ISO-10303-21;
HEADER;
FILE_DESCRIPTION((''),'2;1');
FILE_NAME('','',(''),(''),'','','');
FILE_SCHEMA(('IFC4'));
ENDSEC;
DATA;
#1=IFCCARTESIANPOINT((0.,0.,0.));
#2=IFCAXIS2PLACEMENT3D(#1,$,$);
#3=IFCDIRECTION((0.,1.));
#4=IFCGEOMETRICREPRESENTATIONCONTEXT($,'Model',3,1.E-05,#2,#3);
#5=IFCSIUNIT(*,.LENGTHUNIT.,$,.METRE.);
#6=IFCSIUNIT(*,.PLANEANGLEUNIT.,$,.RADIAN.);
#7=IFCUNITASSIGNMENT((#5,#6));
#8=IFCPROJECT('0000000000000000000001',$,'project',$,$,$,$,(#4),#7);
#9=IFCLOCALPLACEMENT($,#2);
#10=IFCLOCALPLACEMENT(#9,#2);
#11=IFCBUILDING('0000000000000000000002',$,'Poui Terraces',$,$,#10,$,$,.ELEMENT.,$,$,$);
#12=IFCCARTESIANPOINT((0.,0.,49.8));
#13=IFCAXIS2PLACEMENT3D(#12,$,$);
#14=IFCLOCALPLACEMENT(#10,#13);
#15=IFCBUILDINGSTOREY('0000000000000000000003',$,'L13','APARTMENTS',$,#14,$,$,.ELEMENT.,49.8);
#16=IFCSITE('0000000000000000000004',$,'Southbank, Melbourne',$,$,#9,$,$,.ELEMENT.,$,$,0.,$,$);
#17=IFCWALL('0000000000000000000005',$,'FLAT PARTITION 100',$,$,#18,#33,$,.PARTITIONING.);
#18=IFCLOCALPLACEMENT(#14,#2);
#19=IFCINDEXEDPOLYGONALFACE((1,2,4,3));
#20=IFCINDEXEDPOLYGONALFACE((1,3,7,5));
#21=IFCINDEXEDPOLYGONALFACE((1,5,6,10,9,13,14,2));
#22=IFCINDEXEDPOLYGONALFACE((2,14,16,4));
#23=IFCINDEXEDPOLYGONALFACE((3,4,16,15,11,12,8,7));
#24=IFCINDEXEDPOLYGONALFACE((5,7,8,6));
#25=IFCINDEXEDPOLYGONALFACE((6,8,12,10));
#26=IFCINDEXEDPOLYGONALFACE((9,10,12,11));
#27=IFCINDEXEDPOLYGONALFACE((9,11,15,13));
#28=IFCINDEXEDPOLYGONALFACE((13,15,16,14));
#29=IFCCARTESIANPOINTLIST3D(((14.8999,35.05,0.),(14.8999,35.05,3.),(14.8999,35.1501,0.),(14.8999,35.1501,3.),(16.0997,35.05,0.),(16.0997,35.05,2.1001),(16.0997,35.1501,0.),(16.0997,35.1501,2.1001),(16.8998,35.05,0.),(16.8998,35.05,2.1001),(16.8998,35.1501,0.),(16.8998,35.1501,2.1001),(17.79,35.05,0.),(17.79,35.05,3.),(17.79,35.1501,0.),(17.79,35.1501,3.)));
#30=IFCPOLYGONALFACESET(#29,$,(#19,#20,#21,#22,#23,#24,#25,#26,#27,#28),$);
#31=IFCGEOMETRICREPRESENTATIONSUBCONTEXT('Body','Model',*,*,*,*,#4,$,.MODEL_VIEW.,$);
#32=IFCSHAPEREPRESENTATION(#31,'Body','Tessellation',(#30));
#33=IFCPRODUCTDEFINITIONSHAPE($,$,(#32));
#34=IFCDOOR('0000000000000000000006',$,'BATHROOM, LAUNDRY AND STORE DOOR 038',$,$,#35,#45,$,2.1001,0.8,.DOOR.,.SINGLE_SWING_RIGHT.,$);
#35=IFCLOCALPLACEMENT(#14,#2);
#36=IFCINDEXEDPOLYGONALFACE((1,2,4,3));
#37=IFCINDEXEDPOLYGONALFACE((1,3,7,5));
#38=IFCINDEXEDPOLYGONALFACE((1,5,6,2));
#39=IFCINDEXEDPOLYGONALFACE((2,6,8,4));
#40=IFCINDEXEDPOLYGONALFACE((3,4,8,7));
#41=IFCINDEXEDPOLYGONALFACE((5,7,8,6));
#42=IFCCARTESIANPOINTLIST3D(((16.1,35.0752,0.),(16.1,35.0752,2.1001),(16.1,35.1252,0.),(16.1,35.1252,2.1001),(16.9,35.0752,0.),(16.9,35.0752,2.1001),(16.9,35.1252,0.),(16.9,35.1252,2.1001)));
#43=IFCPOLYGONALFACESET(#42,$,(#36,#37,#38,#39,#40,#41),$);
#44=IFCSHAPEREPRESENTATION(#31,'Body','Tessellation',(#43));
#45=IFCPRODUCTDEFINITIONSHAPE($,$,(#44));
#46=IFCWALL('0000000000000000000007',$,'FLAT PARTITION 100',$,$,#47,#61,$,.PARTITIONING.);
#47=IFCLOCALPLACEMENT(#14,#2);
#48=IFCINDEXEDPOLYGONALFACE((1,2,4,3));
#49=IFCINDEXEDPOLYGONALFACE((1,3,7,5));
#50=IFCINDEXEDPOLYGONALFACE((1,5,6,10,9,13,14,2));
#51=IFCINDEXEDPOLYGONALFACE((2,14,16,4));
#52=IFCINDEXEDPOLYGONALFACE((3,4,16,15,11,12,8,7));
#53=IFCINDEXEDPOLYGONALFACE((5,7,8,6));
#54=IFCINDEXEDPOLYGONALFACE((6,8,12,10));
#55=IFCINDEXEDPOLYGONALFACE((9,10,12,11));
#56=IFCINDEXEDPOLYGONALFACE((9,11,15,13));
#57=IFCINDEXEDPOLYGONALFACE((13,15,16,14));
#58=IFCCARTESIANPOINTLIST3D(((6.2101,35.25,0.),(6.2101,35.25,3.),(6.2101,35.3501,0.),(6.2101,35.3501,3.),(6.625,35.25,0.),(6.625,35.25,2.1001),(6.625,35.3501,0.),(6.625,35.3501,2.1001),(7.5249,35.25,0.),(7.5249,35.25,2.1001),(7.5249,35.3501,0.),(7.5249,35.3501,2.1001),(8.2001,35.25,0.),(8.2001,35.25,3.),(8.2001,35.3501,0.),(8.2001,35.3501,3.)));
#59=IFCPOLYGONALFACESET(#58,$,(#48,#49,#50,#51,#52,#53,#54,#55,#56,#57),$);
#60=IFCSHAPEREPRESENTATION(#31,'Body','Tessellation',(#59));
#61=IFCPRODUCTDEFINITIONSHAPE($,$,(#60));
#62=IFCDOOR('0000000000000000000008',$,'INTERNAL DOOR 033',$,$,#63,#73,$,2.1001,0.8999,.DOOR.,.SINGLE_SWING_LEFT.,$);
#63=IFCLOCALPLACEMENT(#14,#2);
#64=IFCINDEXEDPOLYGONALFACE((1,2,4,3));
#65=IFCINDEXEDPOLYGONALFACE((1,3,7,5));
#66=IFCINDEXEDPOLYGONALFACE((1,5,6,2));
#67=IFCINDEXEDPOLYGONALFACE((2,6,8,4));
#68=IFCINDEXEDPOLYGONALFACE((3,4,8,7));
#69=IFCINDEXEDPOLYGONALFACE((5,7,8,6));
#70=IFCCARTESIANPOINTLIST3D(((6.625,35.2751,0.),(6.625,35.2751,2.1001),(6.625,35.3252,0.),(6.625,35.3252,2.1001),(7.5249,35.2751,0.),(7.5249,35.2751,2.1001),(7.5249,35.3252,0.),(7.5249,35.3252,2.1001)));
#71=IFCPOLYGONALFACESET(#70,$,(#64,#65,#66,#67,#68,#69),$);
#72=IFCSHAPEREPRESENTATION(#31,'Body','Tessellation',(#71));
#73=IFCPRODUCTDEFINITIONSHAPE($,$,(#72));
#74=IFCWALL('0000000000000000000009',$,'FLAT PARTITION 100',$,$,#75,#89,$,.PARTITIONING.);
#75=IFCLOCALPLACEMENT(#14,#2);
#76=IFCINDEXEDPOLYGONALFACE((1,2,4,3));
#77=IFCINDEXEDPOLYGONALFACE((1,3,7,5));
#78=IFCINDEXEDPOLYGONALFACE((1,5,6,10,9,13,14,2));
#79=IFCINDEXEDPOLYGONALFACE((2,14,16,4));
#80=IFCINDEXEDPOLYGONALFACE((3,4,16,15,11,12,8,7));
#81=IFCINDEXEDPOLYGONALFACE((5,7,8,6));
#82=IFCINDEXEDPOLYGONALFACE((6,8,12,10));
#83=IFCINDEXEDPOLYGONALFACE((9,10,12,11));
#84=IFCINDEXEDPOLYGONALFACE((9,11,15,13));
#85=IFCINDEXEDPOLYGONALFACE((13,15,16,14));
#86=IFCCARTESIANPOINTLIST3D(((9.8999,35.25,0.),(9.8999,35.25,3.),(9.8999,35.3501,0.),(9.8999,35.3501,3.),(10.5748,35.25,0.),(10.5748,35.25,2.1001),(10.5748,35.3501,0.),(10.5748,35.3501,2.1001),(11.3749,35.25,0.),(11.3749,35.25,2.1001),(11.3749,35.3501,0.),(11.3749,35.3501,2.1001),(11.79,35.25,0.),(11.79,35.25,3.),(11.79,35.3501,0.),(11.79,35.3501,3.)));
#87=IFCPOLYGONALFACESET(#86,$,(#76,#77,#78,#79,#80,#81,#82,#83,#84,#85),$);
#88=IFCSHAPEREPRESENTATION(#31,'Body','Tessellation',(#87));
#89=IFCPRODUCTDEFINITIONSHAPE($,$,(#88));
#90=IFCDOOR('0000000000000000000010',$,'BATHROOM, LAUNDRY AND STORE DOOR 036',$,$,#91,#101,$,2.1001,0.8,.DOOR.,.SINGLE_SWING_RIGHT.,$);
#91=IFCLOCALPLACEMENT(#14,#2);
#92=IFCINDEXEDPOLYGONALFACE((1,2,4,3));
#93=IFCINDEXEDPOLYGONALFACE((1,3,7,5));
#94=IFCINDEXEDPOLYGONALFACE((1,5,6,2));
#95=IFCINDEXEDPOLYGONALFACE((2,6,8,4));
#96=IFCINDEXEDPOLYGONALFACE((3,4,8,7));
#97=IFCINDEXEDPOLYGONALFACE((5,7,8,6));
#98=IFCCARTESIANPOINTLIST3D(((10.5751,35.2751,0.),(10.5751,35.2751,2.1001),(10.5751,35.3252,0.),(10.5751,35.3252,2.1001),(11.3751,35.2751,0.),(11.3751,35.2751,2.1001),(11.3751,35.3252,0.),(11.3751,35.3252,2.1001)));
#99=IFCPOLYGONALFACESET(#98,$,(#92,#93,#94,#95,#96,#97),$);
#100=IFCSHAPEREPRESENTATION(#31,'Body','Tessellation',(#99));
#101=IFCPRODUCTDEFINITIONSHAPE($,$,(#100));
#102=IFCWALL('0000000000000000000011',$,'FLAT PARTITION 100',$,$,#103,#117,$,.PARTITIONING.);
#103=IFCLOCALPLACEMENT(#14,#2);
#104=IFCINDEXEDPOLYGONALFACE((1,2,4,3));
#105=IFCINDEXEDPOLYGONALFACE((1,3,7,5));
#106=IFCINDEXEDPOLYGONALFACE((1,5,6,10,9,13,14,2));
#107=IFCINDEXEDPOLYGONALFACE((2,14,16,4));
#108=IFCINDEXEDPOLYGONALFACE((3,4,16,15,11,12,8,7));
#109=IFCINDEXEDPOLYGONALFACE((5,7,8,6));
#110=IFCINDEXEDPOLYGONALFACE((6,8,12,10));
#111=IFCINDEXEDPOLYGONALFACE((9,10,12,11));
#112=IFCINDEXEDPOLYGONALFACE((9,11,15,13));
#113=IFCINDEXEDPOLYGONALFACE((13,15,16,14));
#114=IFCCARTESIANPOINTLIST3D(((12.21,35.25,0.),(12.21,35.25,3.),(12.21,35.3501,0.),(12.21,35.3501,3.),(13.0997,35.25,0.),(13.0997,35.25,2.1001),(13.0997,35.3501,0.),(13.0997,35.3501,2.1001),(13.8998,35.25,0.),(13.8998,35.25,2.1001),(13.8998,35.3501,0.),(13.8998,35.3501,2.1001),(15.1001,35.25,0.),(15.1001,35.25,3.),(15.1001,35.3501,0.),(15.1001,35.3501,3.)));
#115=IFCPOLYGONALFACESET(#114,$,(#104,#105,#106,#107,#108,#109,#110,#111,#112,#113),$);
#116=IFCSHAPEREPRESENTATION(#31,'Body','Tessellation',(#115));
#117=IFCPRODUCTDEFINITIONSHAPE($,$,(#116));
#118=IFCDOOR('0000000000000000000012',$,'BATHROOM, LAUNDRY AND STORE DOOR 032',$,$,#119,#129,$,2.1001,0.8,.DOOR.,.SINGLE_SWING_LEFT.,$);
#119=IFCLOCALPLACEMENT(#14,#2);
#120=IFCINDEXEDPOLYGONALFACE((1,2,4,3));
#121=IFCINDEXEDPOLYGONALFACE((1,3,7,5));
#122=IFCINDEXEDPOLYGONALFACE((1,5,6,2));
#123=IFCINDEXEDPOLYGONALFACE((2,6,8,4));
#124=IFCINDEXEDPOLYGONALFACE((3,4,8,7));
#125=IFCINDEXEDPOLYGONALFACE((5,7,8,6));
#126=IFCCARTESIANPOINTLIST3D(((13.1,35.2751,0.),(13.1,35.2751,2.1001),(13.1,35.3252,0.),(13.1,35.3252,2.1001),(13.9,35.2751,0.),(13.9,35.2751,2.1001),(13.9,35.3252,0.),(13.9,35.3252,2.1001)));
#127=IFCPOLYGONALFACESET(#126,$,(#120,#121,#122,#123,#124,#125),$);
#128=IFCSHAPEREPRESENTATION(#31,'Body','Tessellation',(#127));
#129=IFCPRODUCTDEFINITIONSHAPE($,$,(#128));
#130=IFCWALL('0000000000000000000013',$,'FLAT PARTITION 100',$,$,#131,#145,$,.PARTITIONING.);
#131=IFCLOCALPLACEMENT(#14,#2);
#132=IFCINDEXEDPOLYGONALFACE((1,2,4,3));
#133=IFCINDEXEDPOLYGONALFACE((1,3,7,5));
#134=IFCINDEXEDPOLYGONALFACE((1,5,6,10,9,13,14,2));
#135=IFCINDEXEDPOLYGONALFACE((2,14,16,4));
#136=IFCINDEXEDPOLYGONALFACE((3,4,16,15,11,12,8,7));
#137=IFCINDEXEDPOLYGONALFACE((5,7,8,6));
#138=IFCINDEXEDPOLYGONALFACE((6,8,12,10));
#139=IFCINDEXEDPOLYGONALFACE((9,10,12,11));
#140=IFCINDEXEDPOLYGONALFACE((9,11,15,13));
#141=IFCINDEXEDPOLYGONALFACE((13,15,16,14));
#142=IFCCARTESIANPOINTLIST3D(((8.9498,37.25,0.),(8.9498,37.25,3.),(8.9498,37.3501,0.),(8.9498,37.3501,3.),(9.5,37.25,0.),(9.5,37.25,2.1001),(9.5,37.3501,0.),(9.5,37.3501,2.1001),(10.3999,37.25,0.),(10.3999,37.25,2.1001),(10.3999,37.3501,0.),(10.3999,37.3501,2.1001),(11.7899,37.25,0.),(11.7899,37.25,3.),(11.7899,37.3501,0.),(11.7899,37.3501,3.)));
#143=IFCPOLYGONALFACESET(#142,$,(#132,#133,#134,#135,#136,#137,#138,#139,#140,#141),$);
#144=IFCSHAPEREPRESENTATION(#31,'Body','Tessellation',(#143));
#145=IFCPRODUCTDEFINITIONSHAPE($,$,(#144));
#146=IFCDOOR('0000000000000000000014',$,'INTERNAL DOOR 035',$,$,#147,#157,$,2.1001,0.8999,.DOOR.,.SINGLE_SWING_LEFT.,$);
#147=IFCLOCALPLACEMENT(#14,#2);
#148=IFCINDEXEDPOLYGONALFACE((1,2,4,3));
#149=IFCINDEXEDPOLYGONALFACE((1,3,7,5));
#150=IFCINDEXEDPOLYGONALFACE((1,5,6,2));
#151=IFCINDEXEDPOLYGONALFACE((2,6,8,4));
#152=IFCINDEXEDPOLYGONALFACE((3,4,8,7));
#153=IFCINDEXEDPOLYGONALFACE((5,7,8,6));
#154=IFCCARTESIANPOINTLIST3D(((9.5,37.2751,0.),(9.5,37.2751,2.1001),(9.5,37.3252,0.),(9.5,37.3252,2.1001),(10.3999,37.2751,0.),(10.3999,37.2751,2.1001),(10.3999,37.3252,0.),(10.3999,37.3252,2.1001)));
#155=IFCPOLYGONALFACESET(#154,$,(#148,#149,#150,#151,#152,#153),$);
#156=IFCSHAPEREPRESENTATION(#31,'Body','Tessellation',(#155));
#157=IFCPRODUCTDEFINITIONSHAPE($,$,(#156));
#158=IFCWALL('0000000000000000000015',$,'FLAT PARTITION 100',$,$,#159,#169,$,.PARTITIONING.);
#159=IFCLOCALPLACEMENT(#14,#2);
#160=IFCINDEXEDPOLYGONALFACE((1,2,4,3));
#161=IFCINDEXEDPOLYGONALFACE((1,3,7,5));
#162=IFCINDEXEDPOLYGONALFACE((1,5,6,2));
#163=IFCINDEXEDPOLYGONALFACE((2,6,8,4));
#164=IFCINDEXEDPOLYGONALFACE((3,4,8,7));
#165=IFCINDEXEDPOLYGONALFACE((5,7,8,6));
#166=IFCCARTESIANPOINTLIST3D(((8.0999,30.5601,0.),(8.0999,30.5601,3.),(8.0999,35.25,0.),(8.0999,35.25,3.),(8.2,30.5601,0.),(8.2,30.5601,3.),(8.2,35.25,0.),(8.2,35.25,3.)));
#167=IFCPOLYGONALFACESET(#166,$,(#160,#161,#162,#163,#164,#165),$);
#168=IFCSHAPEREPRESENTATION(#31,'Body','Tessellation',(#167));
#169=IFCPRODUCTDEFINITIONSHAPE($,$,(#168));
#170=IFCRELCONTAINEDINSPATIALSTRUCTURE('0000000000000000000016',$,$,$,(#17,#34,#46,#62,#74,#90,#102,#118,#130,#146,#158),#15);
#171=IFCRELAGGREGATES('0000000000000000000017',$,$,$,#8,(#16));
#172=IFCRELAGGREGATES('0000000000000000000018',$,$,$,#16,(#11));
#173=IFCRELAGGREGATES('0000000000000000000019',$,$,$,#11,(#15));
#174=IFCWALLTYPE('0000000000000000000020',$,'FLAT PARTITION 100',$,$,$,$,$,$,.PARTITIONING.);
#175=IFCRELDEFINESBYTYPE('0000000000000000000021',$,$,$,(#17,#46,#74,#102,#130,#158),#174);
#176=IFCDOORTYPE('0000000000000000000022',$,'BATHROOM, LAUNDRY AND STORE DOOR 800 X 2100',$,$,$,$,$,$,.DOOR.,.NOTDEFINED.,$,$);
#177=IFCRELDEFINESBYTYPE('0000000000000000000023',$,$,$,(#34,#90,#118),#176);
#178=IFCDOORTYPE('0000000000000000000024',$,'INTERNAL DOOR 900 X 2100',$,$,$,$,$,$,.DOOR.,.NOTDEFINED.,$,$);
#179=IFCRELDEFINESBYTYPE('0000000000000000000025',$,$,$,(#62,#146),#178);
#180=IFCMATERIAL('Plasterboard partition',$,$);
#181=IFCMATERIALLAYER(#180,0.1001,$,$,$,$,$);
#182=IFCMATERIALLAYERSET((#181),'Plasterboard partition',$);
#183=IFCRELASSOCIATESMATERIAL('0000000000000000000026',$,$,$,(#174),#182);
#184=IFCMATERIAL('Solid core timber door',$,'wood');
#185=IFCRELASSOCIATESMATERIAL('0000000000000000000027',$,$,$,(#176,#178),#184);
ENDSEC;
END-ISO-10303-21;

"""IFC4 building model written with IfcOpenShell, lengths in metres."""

from ifc_helpers import new_model, si_unit, direction, frame, frame_2d, origin, place, context, subcontext, project, spatial, rectangle, extrude, material, layer, layer_set, type_object, element, fill, save


model = new_model("IFC4")

# Units and contexts
model_context = context("Model", 3, precision=1e-05, world=origin(), true_north=direction((0.0, 1.0)))
body_context = subcontext(model_context, "Body", "Model", "MODEL_VIEW")
ifc_project = project(units=[si_unit("LENGTHUNIT", "METRE"), si_unit("PLANEANGLEUNIT", "RADIAN")], contexts=[model_context])

# Site, building, storey
site_placement = place(None, origin())
site = spatial("IfcSite", under=ifc_project, at=site_placement, Name="Southbank, Melbourne", CompositionType="ELEMENT", RefElevation=0.0)
building_placement = place(site_placement, origin())
building = spatial("IfcBuilding", under=site, at=building_placement, Name="Poui Terraces", CompositionType="ELEMENT")
storey_placement = place(building_placement, frame((0.0, 0.0, 49.8)))
storey = spatial("IfcBuildingStorey", under=building, at=storey_placement, Name="L13", Description="APARTMENTS", CompositionType="ELEMENT", Elevation=49.8)

# Walls, openings, doors
ifc_material_1 = material(Name="Plasterboard partition")
ifc_layer_1 = layer(ifc_material_1, 0.1001)
ifc_layer_set_1 = layer_set([ifc_layer_1], Name="Plasterboard partition")
wall_type_1 = type_object("IfcWallType", Name="FLAT PARTITION 100", PredefinedType="PARTITIONING", material=ifc_layer_set_1)
wall_1_placement = place(storey_placement, frame((14.8999, 35.1001, 0.0), z_axis=(0.0, 0.0, 1.0), x_axis=(1.0, 0.0, 0.0)))
wall_1 = element("IfcWall", 1, at=wall_1_placement, inside=storey, type_object=wall_type_1, Name="FLAT PARTITION 100", PredefinedType="PARTITIONING", context=body_context, shape_type="SweptSolid", body=[
    extrude(rectangle(XDim=2.8901, YDim=0.1001, at=frame_2d((1.4451, 0.0))), origin(), (0.0, 0.0, 1.0), 3.0),
])
opening_1_placement = place(wall_1_placement, frame((1.2, 0.0, 0.0)))
opening_1 = element("IfcOpeningElement", 2, at=opening_1_placement, cuts=wall_1, PredefinedType="OPENING", context=body_context, shape_type="SweptSolid", body=[
    extrude(rectangle(XDim=0.8, YDim=2.1001, at=frame_2d((0.3999, 1.05))), frame((0.0, 0.0601, 0.0), z_axis=(0.0, -1.0, 0.0), x_axis=(1.0, 0.0, 0.0)), (0.0, 0.0, 1.0), 0.1201),
])
ifc_material_2 = material(Name="Solid core timber door", Category="wood")
door_type_1 = type_object("IfcDoorType", Name="BATHROOM, LAUNDRY AND STORE DOOR 800 X 2100", OperationType="NOTDEFINED", PredefinedType="DOOR", material=ifc_material_2)
door_1_placement = place(opening_1_placement, frame((0.8, 0.0, 0.0), z_axis=(0.0, 0.0, 1.0), x_axis=(-1.0, 0.0, 0.0)))
door_1 = element("IfcDoor", 3, at=door_1_placement, inside=storey, type_object=door_type_1, Name="BATHROOM, LAUNDRY AND STORE DOOR 038", OperationType="SINGLE_SWING_RIGHT", OverallHeight=2.1001, OverallWidth=0.8, PredefinedType="DOOR", context=body_context, shape_type="SweptSolid", body=[
    extrude(rectangle(XDim=0.8, YDim=2.1001, at=frame_2d((0.3999, 1.05))), frame((0.0, 0.0249, 0.0), z_axis=(0.0, -1.0, 0.0), x_axis=(1.0, 0.0, 0.0)), (0.0, 0.0, 1.0), 0.05),
])
fill(opening_1, door_1)
wall_2_placement = place(storey_placement, frame((6.21, 35.3, 0.0), z_axis=(0.0, 0.0, 1.0), x_axis=(1.0, 0.0, 0.0)))
wall_2 = element("IfcWall", 4, at=wall_2_placement, inside=storey, type_object=wall_type_1, Name="FLAT PARTITION 100", PredefinedType="PARTITIONING", context=body_context, shape_type="SweptSolid", body=[
    extrude(rectangle(XDim=1.99, YDim=0.1001, at=frame_2d((0.9951, 0.0))), origin(), (0.0, 0.0, 1.0), 3.0),
])
opening_2_placement = place(wall_2_placement, frame((0.415, 0.0, 0.0)))
opening_2 = element("IfcOpeningElement", 5, at=opening_2_placement, cuts=wall_2, PredefinedType="OPENING", context=body_context, shape_type="SweptSolid", body=[
    extrude(rectangle(XDim=0.8999, YDim=2.1001, at=frame_2d((0.45, 1.05))), frame((0.0, 0.0601, 0.0), z_axis=(0.0, -1.0, 0.0), x_axis=(1.0, 0.0, 0.0)), (0.0, 0.0, 1.0), 0.1201),
])
door_type_2 = type_object("IfcDoorType", Name="INTERNAL DOOR 900 X 2100", OperationType="NOTDEFINED", PredefinedType="DOOR", material=ifc_material_2)
door_2_placement = place(opening_2_placement, frame((0.8999, 0.0, 0.0), z_axis=(0.0, 0.0, 1.0), x_axis=(-1.0, 0.0, 0.0)))
door_2 = element("IfcDoor", 6, at=door_2_placement, inside=storey, type_object=door_type_2, Name="INTERNAL DOOR 033", OperationType="SINGLE_SWING_LEFT", OverallHeight=2.1001, OverallWidth=0.8999, PredefinedType="DOOR", context=body_context, shape_type="SweptSolid", body=[
    extrude(rectangle(XDim=0.8999, YDim=2.1001, at=frame_2d((0.45, 1.05))), frame((0.0, 0.0249, 0.0), z_axis=(0.0, -1.0, 0.0), x_axis=(1.0, 0.0, 0.0)), (0.0, 0.0, 1.0), 0.05),
])
fill(opening_2, door_2)
wall_3_placement = place(storey_placement, frame((9.8999, 35.3, 0.0), z_axis=(0.0, 0.0, 1.0), x_axis=(1.0, 0.0, 0.0)))
wall_3 = element("IfcWall", 7, at=wall_3_placement, inside=storey, type_object=wall_type_1, Name="FLAT PARTITION 100", PredefinedType="PARTITIONING", context=body_context, shape_type="SweptSolid", body=[
    extrude(rectangle(XDim=1.8901, YDim=0.1001, at=frame_2d((0.9451, 0.0))), origin(), (0.0, 0.0, 1.0), 3.0),
])
opening_3_placement = place(wall_3_placement, frame((0.675, 0.0, 0.0)))
opening_3 = element("IfcOpeningElement", 8, at=opening_3_placement, cuts=wall_3, PredefinedType="OPENING", context=body_context, shape_type="SweptSolid", body=[
    extrude(rectangle(XDim=0.8, YDim=2.1001, at=frame_2d((0.3999, 1.05))), frame((0.0, 0.0601, 0.0), z_axis=(0.0, -1.0, 0.0), x_axis=(1.0, 0.0, 0.0)), (0.0, 0.0, 1.0), 0.1201),
])
door_3_placement = place(opening_3_placement, frame((0.8, 0.0, 0.0), z_axis=(0.0, 0.0, 1.0), x_axis=(-1.0, 0.0, 0.0)))
door_3 = element("IfcDoor", 9, at=door_3_placement, inside=storey, type_object=door_type_1, Name="BATHROOM, LAUNDRY AND STORE DOOR 036", OperationType="SINGLE_SWING_RIGHT", OverallHeight=2.1001, OverallWidth=0.8, PredefinedType="DOOR", context=body_context, shape_type="SweptSolid", body=[
    extrude(rectangle(XDim=0.8, YDim=2.1001, at=frame_2d((0.3999, 1.05))), frame((0.0, 0.0249, 0.0), z_axis=(0.0, -1.0, 0.0), x_axis=(1.0, 0.0, 0.0)), (0.0, 0.0, 1.0), 0.05),
])
fill(opening_3, door_3)
wall_4_placement = place(storey_placement, frame((12.21, 35.3, 0.0), z_axis=(0.0, 0.0, 1.0), x_axis=(1.0, 0.0, 0.0)))
wall_4 = element("IfcWall", 10, at=wall_4_placement, inside=storey, type_object=wall_type_1, Name="FLAT PARTITION 100", PredefinedType="PARTITIONING", context=body_context, shape_type="SweptSolid", body=[
    extrude(rectangle(XDim=2.8901, YDim=0.1001, at=frame_2d((1.4451, 0.0))), origin(), (0.0, 0.0, 1.0), 3.0),
])
opening_4_placement = place(wall_4_placement, frame((0.8899, 0.0, 0.0)))
opening_4 = element("IfcOpeningElement", 11, at=opening_4_placement, cuts=wall_4, PredefinedType="OPENING", context=body_context, shape_type="SweptSolid", body=[
    extrude(rectangle(XDim=0.8, YDim=2.1001, at=frame_2d((0.3999, 1.05))), frame((0.0, 0.0601, 0.0), z_axis=(0.0, -1.0, 0.0), x_axis=(1.0, 0.0, 0.0)), (0.0, 0.0, 1.0), 0.1201),
])
door_4_placement = place(opening_4_placement, frame((0.8, 0.0, 0.0), z_axis=(0.0, 0.0, 1.0), x_axis=(-1.0, 0.0, 0.0)))
door_4 = element("IfcDoor", 12, at=door_4_placement, inside=storey, type_object=door_type_1, Name="BATHROOM, LAUNDRY AND STORE DOOR 032", OperationType="SINGLE_SWING_LEFT", OverallHeight=2.1001, OverallWidth=0.8, PredefinedType="DOOR", context=body_context, shape_type="SweptSolid", body=[
    extrude(rectangle(XDim=0.8, YDim=2.1001, at=frame_2d((0.3999, 1.05))), frame((0.0, 0.0249, 0.0), z_axis=(0.0, -1.0, 0.0), x_axis=(1.0, 0.0, 0.0)), (0.0, 0.0, 1.0), 0.05),
])
fill(opening_4, door_4)
wall_5_placement = place(storey_placement, frame((8.95, 37.3, 0.0), z_axis=(0.0, 0.0, 1.0), x_axis=(1.0, 0.0, 0.0)))
wall_5 = element("IfcWall", 13, at=wall_5_placement, inside=storey, type_object=wall_type_1, Name="FLAT PARTITION 100", PredefinedType="PARTITIONING", context=body_context, shape_type="SweptSolid", body=[
    extrude(rectangle(XDim=2.8401, YDim=0.1001, at=frame_2d((1.4199, 0.0))), origin(), (0.0, 0.0, 1.0), 3.0),
])
opening_5_placement = place(wall_5_placement, frame((0.55, 0.0, 0.0)))
opening_5 = element("IfcOpeningElement", 14, at=opening_5_placement, cuts=wall_5, PredefinedType="OPENING", context=body_context, shape_type="SweptSolid", body=[
    extrude(rectangle(XDim=0.8999, YDim=2.1001, at=frame_2d((0.45, 1.05))), frame((0.0, 0.0601, 0.0), z_axis=(0.0, -1.0, 0.0), x_axis=(1.0, 0.0, 0.0)), (0.0, 0.0, 1.0), 0.1201),
])
door_5_placement = place(opening_5_placement, frame((0.8999, 0.0, 0.0), z_axis=(0.0, 0.0, 1.0), x_axis=(-1.0, 0.0, 0.0)))
door_5 = element("IfcDoor", 15, at=door_5_placement, inside=storey, type_object=door_type_2, Name="INTERNAL DOOR 035", OperationType="SINGLE_SWING_LEFT", OverallHeight=2.1001, OverallWidth=0.8999, PredefinedType="DOOR", context=body_context, shape_type="SweptSolid", body=[
    extrude(rectangle(XDim=0.8999, YDim=2.1001, at=frame_2d((0.45, 1.05))), frame((0.0, 0.0249, 0.0), z_axis=(0.0, -1.0, 0.0), x_axis=(1.0, 0.0, 0.0)), (0.0, 0.0, 1.0), 0.05),
])
fill(opening_5, door_5)

# Wall
wall_6_placement = place(storey_placement, frame((8.1499, 30.5601, 0.0), z_axis=(0.0, 0.0, 1.0), x_axis=(0.0, 1.0, 0.0)))
element("IfcWall", 16, at=wall_6_placement, inside=storey, type_object=wall_type_1, Name="FLAT PARTITION 100", PredefinedType="PARTITIONING", context=body_context, shape_type="SweptSolid", body=[
    extrude(rectangle(XDim=4.6899, YDim=0.1001, at=frame_2d((2.345, 0.0))), origin(), (0.0, 0.0, 1.0), 3.0),
])

save(model, "model.ifc")
